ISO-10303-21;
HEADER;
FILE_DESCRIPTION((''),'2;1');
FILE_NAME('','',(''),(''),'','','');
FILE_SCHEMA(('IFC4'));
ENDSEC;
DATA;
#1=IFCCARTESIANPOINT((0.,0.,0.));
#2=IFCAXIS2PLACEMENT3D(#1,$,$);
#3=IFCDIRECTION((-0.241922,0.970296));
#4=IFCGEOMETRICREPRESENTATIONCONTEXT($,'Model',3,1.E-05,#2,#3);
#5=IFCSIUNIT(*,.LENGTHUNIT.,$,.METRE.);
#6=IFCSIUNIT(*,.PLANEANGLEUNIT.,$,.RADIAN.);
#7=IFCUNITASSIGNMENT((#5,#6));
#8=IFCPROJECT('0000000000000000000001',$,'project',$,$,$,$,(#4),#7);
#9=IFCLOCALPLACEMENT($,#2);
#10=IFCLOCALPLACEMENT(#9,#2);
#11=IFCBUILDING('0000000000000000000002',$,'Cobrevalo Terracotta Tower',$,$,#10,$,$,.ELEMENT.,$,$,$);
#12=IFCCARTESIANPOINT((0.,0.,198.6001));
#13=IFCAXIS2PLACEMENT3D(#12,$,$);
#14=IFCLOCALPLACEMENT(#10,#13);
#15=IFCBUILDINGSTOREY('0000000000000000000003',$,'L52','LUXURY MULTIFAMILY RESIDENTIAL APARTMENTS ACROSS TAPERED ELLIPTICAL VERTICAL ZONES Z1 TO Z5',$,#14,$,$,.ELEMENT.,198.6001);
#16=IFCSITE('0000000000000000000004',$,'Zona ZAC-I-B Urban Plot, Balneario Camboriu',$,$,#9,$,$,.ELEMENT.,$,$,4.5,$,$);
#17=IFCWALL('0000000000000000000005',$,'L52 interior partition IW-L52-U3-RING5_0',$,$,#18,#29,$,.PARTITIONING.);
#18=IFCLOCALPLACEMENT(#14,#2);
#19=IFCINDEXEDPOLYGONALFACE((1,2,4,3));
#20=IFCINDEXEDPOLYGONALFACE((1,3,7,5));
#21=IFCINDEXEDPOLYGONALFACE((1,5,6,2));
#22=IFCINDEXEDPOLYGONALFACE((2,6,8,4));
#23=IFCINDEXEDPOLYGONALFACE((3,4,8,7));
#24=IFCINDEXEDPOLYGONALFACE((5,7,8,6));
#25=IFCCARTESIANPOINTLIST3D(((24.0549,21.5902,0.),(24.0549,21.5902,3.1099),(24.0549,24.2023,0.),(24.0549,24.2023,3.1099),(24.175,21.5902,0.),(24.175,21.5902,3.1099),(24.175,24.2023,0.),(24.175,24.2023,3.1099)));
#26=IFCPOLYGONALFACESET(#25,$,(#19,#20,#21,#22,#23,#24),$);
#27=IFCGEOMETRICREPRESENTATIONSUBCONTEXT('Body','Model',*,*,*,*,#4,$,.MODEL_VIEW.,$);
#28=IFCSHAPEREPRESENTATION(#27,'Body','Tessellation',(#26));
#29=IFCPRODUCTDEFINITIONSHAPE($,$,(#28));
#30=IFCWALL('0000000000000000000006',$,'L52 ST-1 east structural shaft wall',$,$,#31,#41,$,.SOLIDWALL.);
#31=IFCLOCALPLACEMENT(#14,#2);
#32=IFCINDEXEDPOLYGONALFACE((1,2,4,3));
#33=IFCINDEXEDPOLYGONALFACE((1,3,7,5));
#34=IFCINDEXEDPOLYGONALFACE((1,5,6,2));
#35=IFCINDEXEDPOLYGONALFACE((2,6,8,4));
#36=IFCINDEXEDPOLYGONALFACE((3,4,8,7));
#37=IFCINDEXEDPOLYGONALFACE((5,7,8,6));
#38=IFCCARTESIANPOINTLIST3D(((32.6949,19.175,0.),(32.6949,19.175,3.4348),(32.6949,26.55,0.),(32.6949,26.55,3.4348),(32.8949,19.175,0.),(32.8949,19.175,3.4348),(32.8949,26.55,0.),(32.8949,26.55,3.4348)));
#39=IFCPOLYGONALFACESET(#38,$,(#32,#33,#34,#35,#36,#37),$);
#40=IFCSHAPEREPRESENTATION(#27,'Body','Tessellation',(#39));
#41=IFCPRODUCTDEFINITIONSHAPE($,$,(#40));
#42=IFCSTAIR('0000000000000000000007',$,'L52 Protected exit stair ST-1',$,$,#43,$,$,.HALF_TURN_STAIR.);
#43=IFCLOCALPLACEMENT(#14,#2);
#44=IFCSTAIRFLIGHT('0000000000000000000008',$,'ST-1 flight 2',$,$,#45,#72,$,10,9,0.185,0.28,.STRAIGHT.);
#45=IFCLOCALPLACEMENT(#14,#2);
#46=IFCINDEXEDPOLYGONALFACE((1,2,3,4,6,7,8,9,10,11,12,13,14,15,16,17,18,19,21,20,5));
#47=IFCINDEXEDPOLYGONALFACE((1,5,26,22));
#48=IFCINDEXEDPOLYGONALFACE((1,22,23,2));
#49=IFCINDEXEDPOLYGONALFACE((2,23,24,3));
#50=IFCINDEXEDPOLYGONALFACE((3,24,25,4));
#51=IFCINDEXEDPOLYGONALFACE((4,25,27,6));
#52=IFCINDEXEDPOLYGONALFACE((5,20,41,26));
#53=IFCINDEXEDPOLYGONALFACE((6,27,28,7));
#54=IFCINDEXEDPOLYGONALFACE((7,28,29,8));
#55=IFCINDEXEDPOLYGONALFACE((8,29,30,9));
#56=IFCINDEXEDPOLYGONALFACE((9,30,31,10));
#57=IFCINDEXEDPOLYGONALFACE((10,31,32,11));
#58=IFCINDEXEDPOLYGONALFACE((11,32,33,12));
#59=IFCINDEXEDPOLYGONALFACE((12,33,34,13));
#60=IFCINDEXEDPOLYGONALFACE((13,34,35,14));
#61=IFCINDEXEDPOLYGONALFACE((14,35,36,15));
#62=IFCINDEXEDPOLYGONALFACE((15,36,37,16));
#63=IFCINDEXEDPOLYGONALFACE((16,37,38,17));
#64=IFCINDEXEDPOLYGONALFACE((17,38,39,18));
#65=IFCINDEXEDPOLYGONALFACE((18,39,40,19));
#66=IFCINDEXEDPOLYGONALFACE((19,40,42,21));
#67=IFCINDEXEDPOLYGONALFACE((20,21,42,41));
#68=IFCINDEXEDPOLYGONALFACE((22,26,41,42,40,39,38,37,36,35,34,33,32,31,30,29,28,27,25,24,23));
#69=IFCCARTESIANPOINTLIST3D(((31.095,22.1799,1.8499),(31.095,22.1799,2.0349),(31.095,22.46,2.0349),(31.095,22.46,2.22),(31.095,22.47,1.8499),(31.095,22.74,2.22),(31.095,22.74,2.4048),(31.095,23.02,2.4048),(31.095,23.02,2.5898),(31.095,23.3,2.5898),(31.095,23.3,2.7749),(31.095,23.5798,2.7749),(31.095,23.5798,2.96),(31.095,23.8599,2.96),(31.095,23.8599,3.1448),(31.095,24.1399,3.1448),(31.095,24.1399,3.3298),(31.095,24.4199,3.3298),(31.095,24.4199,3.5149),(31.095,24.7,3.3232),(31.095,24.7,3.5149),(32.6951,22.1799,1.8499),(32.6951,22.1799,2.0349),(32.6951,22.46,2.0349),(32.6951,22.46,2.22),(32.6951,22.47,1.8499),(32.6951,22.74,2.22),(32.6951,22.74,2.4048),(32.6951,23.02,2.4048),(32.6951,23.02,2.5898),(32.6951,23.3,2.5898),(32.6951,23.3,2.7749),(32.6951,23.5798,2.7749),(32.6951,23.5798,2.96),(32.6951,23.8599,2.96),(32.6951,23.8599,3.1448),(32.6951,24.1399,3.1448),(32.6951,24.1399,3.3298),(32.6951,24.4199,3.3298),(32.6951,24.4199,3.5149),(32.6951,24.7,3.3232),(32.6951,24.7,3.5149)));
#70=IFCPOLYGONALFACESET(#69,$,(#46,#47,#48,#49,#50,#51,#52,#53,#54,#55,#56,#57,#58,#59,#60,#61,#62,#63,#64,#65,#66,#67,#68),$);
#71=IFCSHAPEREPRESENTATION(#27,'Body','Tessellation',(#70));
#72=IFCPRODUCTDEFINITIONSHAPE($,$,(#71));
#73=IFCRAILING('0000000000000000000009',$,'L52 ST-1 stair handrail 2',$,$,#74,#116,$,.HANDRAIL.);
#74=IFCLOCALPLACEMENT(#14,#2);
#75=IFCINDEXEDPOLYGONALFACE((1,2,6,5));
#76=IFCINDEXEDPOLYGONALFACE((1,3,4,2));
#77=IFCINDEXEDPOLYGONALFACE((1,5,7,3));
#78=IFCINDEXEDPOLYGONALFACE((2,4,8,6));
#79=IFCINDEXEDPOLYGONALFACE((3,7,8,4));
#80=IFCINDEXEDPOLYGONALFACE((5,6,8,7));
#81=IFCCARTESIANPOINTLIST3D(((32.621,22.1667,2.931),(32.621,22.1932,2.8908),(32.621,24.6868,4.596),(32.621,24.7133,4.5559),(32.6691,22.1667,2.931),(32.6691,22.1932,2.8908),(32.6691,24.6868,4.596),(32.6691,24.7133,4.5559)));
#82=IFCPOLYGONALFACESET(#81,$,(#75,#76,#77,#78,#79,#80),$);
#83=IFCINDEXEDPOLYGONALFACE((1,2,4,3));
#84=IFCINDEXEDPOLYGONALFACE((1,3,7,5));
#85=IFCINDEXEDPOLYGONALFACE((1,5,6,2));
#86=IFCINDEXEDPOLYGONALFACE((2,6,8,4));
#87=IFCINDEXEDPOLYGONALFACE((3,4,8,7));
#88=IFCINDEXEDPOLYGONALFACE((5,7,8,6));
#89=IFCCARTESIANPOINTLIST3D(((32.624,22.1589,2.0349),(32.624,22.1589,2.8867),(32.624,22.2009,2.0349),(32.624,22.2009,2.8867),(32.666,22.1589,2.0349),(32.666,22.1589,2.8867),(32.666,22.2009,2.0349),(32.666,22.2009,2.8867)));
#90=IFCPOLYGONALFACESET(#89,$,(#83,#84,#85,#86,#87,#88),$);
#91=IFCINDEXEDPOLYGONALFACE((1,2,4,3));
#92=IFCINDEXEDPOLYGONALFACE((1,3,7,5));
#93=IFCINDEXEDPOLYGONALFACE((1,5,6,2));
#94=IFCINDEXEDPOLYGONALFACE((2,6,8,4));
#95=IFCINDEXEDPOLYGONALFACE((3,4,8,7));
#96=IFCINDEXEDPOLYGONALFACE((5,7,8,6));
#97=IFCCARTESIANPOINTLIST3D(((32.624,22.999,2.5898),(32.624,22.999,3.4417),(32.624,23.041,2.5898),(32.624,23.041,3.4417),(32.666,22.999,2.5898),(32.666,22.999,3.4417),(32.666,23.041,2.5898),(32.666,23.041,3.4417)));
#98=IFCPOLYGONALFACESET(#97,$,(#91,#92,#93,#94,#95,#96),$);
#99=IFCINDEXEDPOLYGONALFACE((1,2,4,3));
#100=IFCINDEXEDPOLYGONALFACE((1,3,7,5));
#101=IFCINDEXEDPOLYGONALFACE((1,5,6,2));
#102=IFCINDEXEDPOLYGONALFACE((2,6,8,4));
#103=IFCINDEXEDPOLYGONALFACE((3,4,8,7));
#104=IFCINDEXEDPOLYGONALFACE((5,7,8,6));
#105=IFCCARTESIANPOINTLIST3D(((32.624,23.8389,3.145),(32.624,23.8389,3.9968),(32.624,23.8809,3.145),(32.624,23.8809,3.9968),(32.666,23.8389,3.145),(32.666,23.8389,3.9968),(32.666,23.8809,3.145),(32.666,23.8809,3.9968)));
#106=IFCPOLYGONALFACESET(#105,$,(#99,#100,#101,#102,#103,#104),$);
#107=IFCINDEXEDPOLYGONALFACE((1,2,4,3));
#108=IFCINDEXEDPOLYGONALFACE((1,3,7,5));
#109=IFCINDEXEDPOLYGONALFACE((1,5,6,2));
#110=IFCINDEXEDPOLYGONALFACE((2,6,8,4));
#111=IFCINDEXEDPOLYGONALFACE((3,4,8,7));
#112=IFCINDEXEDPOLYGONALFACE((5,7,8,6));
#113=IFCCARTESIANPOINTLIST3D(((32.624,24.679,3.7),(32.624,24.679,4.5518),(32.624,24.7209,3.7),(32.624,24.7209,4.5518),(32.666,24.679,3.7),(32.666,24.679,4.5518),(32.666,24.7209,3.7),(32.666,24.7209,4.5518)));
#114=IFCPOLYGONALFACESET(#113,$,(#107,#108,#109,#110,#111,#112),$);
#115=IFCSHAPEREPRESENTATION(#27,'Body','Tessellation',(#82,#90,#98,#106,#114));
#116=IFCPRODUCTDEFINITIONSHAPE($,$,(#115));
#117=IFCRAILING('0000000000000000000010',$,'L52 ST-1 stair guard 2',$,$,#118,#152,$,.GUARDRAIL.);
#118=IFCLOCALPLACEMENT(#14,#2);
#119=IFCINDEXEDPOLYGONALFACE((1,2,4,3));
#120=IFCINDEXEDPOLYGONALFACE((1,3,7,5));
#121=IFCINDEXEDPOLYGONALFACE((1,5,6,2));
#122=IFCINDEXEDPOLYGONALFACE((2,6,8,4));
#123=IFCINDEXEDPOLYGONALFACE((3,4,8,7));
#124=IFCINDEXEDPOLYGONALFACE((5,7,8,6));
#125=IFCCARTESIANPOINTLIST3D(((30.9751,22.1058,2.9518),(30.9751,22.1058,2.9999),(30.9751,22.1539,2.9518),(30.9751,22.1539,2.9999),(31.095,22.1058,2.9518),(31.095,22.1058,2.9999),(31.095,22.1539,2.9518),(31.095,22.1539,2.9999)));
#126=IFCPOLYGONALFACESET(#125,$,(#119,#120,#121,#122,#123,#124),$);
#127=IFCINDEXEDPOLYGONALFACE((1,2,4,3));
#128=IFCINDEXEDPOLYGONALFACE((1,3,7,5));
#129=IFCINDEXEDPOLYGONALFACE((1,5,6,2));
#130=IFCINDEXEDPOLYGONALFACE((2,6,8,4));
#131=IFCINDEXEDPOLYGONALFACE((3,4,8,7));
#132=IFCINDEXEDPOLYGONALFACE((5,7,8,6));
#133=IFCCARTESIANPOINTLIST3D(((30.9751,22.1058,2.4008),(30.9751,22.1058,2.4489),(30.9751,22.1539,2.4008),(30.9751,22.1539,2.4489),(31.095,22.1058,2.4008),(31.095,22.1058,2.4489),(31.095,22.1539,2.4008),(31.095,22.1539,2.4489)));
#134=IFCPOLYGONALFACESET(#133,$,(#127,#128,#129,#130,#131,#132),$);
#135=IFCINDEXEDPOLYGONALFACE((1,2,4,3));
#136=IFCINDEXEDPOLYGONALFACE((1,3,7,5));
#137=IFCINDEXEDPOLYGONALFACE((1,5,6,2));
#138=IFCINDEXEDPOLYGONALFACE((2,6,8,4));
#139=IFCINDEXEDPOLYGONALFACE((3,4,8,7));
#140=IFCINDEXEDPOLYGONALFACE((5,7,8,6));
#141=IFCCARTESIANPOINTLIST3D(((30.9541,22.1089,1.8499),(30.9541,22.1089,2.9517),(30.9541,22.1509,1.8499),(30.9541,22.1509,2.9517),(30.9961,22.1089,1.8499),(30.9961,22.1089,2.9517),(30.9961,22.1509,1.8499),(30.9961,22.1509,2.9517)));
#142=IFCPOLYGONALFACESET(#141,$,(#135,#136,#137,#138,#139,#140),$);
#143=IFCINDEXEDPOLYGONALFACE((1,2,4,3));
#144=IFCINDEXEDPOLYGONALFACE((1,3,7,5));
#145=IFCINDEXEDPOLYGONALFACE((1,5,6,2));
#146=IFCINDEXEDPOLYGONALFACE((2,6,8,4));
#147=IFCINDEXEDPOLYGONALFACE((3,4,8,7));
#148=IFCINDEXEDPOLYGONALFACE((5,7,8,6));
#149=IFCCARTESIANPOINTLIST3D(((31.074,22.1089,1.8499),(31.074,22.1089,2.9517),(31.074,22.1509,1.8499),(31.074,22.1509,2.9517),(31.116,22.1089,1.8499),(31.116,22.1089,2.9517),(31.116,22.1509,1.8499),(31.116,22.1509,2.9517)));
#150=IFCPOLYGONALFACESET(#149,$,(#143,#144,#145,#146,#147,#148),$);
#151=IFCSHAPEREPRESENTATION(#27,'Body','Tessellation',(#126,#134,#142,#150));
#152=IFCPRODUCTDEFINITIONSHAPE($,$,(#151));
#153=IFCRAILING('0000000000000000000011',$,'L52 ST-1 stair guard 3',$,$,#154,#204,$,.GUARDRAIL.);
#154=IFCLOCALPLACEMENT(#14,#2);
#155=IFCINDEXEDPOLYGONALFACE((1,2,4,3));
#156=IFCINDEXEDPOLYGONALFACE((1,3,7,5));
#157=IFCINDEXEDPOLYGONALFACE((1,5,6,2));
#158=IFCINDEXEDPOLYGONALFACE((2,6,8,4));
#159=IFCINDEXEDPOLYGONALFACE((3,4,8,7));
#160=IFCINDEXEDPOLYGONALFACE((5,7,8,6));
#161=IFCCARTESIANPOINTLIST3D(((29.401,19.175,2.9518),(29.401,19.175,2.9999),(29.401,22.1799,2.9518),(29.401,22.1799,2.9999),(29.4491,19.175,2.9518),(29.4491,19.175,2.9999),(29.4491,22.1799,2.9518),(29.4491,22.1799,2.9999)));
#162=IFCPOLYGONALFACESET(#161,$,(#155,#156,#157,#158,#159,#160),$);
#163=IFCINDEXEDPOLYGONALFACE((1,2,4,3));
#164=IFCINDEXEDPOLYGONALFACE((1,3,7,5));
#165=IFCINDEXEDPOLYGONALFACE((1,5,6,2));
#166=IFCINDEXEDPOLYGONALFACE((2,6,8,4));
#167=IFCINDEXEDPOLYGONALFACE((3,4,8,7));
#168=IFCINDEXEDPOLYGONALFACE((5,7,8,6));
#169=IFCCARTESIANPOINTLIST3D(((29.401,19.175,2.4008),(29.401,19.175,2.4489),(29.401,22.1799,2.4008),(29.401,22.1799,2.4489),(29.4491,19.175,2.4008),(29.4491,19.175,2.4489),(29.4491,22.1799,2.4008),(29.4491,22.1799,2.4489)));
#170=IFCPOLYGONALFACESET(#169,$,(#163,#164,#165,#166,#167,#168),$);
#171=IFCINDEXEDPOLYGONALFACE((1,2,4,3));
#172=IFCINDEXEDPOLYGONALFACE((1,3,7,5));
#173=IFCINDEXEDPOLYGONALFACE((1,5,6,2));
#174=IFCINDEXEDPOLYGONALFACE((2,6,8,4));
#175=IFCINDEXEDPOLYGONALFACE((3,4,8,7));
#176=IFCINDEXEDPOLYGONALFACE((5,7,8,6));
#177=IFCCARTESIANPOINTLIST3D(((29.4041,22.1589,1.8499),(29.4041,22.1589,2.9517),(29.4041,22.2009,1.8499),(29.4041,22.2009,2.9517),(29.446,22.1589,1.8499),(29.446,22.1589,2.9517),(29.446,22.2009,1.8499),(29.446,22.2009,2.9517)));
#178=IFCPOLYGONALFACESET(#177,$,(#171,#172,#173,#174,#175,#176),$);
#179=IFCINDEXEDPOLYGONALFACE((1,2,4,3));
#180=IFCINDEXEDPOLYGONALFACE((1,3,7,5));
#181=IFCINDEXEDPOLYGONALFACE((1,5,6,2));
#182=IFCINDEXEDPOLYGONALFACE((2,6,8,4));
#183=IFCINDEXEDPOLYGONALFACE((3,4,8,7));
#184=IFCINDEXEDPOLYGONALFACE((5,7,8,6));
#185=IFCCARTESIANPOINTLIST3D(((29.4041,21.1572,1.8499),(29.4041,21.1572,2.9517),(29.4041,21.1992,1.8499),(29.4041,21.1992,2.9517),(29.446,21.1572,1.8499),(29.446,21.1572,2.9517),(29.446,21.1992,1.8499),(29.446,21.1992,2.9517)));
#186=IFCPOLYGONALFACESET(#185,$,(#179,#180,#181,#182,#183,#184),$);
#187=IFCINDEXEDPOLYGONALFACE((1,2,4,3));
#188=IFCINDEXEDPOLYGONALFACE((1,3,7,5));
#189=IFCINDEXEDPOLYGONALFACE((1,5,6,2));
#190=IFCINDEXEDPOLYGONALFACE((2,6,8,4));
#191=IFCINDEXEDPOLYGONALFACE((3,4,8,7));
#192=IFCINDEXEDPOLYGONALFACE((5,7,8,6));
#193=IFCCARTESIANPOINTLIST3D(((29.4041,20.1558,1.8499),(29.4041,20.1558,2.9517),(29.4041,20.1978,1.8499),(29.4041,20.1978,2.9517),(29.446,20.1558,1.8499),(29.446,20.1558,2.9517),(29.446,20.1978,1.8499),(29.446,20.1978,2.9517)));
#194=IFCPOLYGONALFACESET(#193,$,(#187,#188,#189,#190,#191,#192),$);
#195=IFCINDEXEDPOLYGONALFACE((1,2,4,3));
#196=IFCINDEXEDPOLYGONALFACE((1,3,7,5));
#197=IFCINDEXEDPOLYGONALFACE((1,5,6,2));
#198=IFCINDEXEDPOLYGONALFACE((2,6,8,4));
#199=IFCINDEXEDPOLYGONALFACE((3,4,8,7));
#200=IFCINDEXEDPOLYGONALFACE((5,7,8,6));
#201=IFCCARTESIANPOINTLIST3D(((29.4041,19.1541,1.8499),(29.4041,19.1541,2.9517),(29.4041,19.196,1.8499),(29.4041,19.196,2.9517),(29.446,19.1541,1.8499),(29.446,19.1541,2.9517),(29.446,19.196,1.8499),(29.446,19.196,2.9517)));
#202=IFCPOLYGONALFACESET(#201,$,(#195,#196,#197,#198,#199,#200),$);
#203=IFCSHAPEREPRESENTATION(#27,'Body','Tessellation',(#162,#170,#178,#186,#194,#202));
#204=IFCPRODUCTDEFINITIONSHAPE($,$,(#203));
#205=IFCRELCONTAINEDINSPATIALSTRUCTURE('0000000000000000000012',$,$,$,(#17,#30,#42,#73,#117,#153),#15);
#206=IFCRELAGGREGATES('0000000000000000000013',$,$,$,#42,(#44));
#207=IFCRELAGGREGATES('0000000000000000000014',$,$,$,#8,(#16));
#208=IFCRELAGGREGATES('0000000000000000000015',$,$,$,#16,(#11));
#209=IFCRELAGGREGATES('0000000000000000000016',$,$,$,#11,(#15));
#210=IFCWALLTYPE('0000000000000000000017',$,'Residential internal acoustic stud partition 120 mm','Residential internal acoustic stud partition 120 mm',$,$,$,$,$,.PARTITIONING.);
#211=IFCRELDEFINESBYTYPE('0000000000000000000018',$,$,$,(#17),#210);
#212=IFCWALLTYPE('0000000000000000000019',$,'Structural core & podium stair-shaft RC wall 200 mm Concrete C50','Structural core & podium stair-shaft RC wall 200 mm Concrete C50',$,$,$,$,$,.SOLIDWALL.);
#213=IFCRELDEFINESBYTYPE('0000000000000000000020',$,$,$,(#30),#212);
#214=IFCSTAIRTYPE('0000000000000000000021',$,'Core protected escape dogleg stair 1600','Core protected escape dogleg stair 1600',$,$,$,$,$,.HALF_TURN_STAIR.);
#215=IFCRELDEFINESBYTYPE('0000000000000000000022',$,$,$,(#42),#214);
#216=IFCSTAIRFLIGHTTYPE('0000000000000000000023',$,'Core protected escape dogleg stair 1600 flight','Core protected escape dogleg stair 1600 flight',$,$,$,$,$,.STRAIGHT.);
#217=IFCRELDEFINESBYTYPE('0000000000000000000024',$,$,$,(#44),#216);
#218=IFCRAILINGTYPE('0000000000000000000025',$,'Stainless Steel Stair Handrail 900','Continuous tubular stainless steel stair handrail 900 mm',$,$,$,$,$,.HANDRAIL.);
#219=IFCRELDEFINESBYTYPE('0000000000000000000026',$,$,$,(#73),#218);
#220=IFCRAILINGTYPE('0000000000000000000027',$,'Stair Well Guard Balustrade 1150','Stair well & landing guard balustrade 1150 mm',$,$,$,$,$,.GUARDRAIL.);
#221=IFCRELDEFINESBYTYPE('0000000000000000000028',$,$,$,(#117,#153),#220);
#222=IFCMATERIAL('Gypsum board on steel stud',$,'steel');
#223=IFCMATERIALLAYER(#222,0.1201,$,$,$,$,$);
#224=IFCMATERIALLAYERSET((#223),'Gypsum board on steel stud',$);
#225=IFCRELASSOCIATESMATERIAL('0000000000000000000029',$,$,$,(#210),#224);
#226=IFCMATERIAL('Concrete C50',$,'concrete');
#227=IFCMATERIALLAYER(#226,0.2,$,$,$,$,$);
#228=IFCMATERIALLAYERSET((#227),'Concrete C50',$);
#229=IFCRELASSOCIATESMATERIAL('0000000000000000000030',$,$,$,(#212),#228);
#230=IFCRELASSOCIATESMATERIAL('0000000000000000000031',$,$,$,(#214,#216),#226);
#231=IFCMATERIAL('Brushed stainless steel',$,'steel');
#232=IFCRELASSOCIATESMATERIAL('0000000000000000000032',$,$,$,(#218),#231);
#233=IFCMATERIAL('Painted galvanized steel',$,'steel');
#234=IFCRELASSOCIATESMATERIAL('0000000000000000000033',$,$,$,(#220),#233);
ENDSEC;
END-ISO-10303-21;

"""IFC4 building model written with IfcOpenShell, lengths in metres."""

from ifc_helpers import new_model, si_unit, direction, frame, frame_2d, origin, origin_2d, place, context, subcontext, project, spatial, polyline, rectangle, outline, extrude, material, layer, layer_set, type_object, element, aggregate, save


model = new_model("IFC4")

# Units and contexts
model_context = context("Model", 3, precision=1e-05, world=origin(), true_north=direction((-0.241922, 0.970296)))
body_context = subcontext(model_context, "Body", "Model", "MODEL_VIEW")
ifc_project = project(units=[si_unit("LENGTHUNIT", "METRE"), si_unit("PLANEANGLEUNIT", "RADIAN")], contexts=[model_context])

# Site, building, storey
site_placement = place(None, origin())
site = spatial("IfcSite", under=ifc_project, at=site_placement, Name="Zona ZAC-I-B Urban Plot, Balneario Camboriu", CompositionType="ELEMENT", RefElevation=4.5)
building_placement = place(site_placement, origin())
building = spatial("IfcBuilding", under=site, at=building_placement, Name="Cobrevalo Terracotta Tower", CompositionType="ELEMENT")
storey_placement = place(building_placement, frame((0.0, 0.0, 198.6001)))
storey = spatial("IfcBuildingStorey", under=building, at=storey_placement, Name="L52", Description="LUXURY MULTIFAMILY RESIDENTIAL APARTMENTS ACROSS TAPERED ELLIPTICAL VERTICAL ZONES Z1 TO Z5", CompositionType="ELEMENT", Elevation=198.6001)

# Shared definitions
ifc_material_1 = material(Name="Gypsum board on steel stud", Category="steel")
ifc_layer_1 = layer(ifc_material_1, 0.1201)
ifc_layer_set_1 = layer_set([ifc_layer_1], Name="Gypsum board on steel stud")
wall_type_1 = type_object("IfcWallType", Name="Residential internal acoustic stud partition 120 mm", Description="Residential internal acoustic stud partition 120 mm", PredefinedType="PARTITIONING", material=ifc_layer_set_1)

# Wall
wall_1_placement = place(storey_placement, frame((24.115, 21.5901, 0.0), z_axis=(0.0, 0.0, 1.0), x_axis=(0.0, 1.0, 0.0)))
element("IfcWall", 1, at=wall_1_placement, inside=storey, type_object=wall_type_1, Name="L52 interior partition IW-L52-U3-RING5_0", PredefinedType="PARTITIONING", context=body_context, shape_type="SweptSolid", body=[
    extrude(rectangle(XDim=2.6121, YDim=0.1201, at=frame_2d((1.3062, 0.0))), origin(), (0.0, 0.0, 1.0), 3.1099),
])

# Wall
ifc_material_2 = material(Name="Concrete C50", Category="concrete")
ifc_layer_2 = layer(ifc_material_2, 0.2)
ifc_layer_set_2 = layer_set([ifc_layer_2], Name="Concrete C50")
wall_type_2 = type_object("IfcWallType", Name="Structural core & podium stair-shaft RC wall 200 mm Concrete C50", Description="Structural core & podium stair-shaft RC wall 200 mm Concrete C50", PredefinedType="SOLIDWALL", material=ifc_layer_set_2)
wall_2_placement = place(storey_placement, frame((32.7949, 19.175, 0.0), z_axis=(0.0, 0.0, 1.0), x_axis=(0.0, 1.0, 0.0)))
element("IfcWall", 2, at=wall_2_placement, inside=storey, type_object=wall_type_2, Name="L52 ST-1 east structural shaft wall", PredefinedType="SOLIDWALL", context=body_context, shape_type="SweptSolid", body=[
    extrude(rectangle(XDim=7.375, YDim=0.2, at=frame_2d((3.6875, 0.0))), origin(), (0.0, 0.0, 1.0), 3.4348),
])

# Stair, stair flight
stair_type = type_object("IfcStairType", Name="Core protected escape dogleg stair 1600", Description="Core protected escape dogleg stair 1600", PredefinedType="HALF_TURN_STAIR", material=ifc_material_2)
stair_placement = place(storey_placement, origin())
stair = element("IfcStair", 3, at=stair_placement, inside=storey, type_object=stair_type, Name="L52 Protected exit stair ST-1", PredefinedType="HALF_TURN_STAIR")
stair_flight_type = type_object("IfcStairFlightType", Name="Core protected escape dogleg stair 1600 flight", Description="Core protected escape dogleg stair 1600 flight", PredefinedType="STRAIGHT", material=ifc_material_2)
stair_flight_placement = place(storey_placement, frame((31.895, 22.1799, 1.8499), z_axis=(0.0, 0.0, 1.0), x_axis=(0.0, 1.0, 0.0)))
stair_flight = element("IfcStairFlight", 4, at=stair_flight_placement, type_object=stair_flight_type, Name="ST-1 flight 2", NumberOfRisers=10, NumberOfTreads=9, PredefinedType="STRAIGHT", RiserHeight=0.185, TreadLength=0.28, context=body_context, shape_type="SweptSolid", body=[
    extrude(outline(polyline([(0.0, 0.0), (0.0, 0.1851), (0.28, 0.1851), (0.28, 0.3701), (0.5601, 0.3701), (0.5601, 0.5549), (0.8401, 0.5549), (0.8401, 0.74), (1.1201, 0.74), (1.1201, 0.925), (1.3999, 0.925), (1.3999, 1.1101), (1.6799, 1.1101), (1.6799, 1.2949), (1.96, 1.2949), (1.96, 1.48), (2.24, 1.48), (2.24, 1.665), (2.52, 1.665), (2.52, 1.8501), (2.52, 1.4734), (0.29, 0.0), (0.0, 0.0)])), frame((0.0, 0.8, 0.0), z_axis=(0.0, -1.0, 0.0), x_axis=(1.0, 0.0, 0.0)), (0.0, 0.0, 1.0), 1.6001),
])
aggregate(stair, [stair_flight])

# Railings
ifc_material_3 = material(Name="Brushed stainless steel", Category="steel")
railing_type_1 = type_object("IfcRailingType", Name="Stainless Steel Stair Handrail 900", Description="Continuous tubular stainless steel stair handrail 900 mm", PredefinedType="HANDRAIL", material=ifc_material_3)
railing_1_placement = place(storey_placement, frame((32.645, 22.1799, 2.0349)))
element("IfcRailing", 5, at=railing_1_placement, inside=storey, type_object=railing_type_1, Name="L52 ST-1 stair handrail 2", PredefinedType="HANDRAIL", context=body_context, shape_type="SweptSolid", body=[
    extrude(rectangle(XDim=0.0481, YDim=0.0481, at=origin_2d()), frame((0.0, 0.0, 0.876), z_axis=(0.0, 0.834331, 0.551263), x_axis=(-1.0, 0.0, 0.0)), (0.0, 0.0, 1.0), 3.0205),
    extrude(rectangle(XDim=0.042, YDim=0.042, at=origin_2d()), origin(), (0.0, 0.0, 1.0), 0.8518),
    extrude(rectangle(XDim=0.042, YDim=0.042, at=origin_2d()), frame((0.0, 0.8401, 0.5549)), (0.0, 0.0, 1.0), 0.8518),
    extrude(rectangle(XDim=0.042, YDim=0.042, at=origin_2d()), frame((0.0, 1.6799, 1.1101)), (0.0, 0.0, 1.0), 0.8518),
    extrude(rectangle(XDim=0.042, YDim=0.042, at=origin_2d()), frame((0.0, 2.52, 1.665)), (0.0, 0.0, 1.0), 0.8518),
])
ifc_material_4 = material(Name="Painted galvanized steel", Category="steel")
railing_type_2 = type_object("IfcRailingType", Name="Stair Well Guard Balustrade 1150", Description="Stair well & landing guard balustrade 1150 mm", PredefinedType="GUARDRAIL", material=ifc_material_4)
railing_2_placement = place(storey_placement, frame((30.9751, 22.1299, 1.8499)))
element("IfcRailing", 6, at=railing_2_placement, inside=storey, type_object=railing_type_2, Name="L52 ST-1 stair guard 2", PredefinedType="GUARDRAIL", context=body_context, shape_type="SweptSolid", body=[
    extrude(rectangle(XDim=0.0481, YDim=0.0481, at=origin_2d()), frame((0.0, 0.0, 1.126), z_axis=(1.0, 0.0, 0.0), x_axis=(0.0, 1.0, 0.0)), (0.0, 0.0, 1.0), 0.1199),
    extrude(rectangle(XDim=0.0481, YDim=0.0481, at=origin_2d()), frame((0.0, 0.0, 0.575), z_axis=(1.0, 0.0, 0.0), x_axis=(0.0, 1.0, 0.0)), (0.0, 0.0, 1.0), 0.1199),
    extrude(rectangle(XDim=0.042, YDim=0.042, at=origin_2d()), origin(), (0.0, 0.0, 1.0), 1.1018),
    extrude(rectangle(XDim=0.042, YDim=0.042, at=origin_2d()), frame((0.1199, 0.0, 0.0)), (0.0, 0.0, 1.0), 1.1018),
])
for number, where, name in (
    (7, (29.425, 22.1799, 1.8499), "L52 ST-1 stair guard 3"),
):
    element("IfcRailing", number, at=place(storey_placement, frame(where)), inside=storey, type_object=railing_type_2, Name=name, PredefinedType="GUARDRAIL", context=body_context, shape_type="SweptSolid", body=[
        extrude(rectangle(XDim=0.0481, YDim=0.0481, at=origin_2d()), frame((0.0, 0.0, 1.126), z_axis=(0.0, -1.0, 0.0), x_axis=(1.0, 0.0, 0.0)), (0.0, 0.0, 1.0), 3.0049),
        extrude(rectangle(XDim=0.0481, YDim=0.0481, at=origin_2d()), frame((0.0, 0.0, 0.575), z_axis=(0.0, -1.0, 0.0), x_axis=(1.0, 0.0, 0.0)), (0.0, 0.0, 1.0), 3.0049),
        extrude(rectangle(XDim=0.042, YDim=0.042, at=origin_2d()), origin(), (0.0, 0.0, 1.0), 1.1018),
        extrude(rectangle(XDim=0.042, YDim=0.042, at=origin_2d()), frame((0.0, -1.0017, 0.0)), (0.0, 0.0, 1.0), 1.1018),
        extrude(rectangle(XDim=0.042, YDim=0.042, at=origin_2d()), frame((0.0, -2.0032, 0.0)), (0.0, 0.0, 1.0), 1.1018),
        extrude(rectangle(XDim=0.042, YDim=0.042, at=origin_2d()), frame((0.0, -3.0049, 0.0)), (0.0, 0.0, 1.0), 1.1018),
    ])

save(model, "model.ifc")
